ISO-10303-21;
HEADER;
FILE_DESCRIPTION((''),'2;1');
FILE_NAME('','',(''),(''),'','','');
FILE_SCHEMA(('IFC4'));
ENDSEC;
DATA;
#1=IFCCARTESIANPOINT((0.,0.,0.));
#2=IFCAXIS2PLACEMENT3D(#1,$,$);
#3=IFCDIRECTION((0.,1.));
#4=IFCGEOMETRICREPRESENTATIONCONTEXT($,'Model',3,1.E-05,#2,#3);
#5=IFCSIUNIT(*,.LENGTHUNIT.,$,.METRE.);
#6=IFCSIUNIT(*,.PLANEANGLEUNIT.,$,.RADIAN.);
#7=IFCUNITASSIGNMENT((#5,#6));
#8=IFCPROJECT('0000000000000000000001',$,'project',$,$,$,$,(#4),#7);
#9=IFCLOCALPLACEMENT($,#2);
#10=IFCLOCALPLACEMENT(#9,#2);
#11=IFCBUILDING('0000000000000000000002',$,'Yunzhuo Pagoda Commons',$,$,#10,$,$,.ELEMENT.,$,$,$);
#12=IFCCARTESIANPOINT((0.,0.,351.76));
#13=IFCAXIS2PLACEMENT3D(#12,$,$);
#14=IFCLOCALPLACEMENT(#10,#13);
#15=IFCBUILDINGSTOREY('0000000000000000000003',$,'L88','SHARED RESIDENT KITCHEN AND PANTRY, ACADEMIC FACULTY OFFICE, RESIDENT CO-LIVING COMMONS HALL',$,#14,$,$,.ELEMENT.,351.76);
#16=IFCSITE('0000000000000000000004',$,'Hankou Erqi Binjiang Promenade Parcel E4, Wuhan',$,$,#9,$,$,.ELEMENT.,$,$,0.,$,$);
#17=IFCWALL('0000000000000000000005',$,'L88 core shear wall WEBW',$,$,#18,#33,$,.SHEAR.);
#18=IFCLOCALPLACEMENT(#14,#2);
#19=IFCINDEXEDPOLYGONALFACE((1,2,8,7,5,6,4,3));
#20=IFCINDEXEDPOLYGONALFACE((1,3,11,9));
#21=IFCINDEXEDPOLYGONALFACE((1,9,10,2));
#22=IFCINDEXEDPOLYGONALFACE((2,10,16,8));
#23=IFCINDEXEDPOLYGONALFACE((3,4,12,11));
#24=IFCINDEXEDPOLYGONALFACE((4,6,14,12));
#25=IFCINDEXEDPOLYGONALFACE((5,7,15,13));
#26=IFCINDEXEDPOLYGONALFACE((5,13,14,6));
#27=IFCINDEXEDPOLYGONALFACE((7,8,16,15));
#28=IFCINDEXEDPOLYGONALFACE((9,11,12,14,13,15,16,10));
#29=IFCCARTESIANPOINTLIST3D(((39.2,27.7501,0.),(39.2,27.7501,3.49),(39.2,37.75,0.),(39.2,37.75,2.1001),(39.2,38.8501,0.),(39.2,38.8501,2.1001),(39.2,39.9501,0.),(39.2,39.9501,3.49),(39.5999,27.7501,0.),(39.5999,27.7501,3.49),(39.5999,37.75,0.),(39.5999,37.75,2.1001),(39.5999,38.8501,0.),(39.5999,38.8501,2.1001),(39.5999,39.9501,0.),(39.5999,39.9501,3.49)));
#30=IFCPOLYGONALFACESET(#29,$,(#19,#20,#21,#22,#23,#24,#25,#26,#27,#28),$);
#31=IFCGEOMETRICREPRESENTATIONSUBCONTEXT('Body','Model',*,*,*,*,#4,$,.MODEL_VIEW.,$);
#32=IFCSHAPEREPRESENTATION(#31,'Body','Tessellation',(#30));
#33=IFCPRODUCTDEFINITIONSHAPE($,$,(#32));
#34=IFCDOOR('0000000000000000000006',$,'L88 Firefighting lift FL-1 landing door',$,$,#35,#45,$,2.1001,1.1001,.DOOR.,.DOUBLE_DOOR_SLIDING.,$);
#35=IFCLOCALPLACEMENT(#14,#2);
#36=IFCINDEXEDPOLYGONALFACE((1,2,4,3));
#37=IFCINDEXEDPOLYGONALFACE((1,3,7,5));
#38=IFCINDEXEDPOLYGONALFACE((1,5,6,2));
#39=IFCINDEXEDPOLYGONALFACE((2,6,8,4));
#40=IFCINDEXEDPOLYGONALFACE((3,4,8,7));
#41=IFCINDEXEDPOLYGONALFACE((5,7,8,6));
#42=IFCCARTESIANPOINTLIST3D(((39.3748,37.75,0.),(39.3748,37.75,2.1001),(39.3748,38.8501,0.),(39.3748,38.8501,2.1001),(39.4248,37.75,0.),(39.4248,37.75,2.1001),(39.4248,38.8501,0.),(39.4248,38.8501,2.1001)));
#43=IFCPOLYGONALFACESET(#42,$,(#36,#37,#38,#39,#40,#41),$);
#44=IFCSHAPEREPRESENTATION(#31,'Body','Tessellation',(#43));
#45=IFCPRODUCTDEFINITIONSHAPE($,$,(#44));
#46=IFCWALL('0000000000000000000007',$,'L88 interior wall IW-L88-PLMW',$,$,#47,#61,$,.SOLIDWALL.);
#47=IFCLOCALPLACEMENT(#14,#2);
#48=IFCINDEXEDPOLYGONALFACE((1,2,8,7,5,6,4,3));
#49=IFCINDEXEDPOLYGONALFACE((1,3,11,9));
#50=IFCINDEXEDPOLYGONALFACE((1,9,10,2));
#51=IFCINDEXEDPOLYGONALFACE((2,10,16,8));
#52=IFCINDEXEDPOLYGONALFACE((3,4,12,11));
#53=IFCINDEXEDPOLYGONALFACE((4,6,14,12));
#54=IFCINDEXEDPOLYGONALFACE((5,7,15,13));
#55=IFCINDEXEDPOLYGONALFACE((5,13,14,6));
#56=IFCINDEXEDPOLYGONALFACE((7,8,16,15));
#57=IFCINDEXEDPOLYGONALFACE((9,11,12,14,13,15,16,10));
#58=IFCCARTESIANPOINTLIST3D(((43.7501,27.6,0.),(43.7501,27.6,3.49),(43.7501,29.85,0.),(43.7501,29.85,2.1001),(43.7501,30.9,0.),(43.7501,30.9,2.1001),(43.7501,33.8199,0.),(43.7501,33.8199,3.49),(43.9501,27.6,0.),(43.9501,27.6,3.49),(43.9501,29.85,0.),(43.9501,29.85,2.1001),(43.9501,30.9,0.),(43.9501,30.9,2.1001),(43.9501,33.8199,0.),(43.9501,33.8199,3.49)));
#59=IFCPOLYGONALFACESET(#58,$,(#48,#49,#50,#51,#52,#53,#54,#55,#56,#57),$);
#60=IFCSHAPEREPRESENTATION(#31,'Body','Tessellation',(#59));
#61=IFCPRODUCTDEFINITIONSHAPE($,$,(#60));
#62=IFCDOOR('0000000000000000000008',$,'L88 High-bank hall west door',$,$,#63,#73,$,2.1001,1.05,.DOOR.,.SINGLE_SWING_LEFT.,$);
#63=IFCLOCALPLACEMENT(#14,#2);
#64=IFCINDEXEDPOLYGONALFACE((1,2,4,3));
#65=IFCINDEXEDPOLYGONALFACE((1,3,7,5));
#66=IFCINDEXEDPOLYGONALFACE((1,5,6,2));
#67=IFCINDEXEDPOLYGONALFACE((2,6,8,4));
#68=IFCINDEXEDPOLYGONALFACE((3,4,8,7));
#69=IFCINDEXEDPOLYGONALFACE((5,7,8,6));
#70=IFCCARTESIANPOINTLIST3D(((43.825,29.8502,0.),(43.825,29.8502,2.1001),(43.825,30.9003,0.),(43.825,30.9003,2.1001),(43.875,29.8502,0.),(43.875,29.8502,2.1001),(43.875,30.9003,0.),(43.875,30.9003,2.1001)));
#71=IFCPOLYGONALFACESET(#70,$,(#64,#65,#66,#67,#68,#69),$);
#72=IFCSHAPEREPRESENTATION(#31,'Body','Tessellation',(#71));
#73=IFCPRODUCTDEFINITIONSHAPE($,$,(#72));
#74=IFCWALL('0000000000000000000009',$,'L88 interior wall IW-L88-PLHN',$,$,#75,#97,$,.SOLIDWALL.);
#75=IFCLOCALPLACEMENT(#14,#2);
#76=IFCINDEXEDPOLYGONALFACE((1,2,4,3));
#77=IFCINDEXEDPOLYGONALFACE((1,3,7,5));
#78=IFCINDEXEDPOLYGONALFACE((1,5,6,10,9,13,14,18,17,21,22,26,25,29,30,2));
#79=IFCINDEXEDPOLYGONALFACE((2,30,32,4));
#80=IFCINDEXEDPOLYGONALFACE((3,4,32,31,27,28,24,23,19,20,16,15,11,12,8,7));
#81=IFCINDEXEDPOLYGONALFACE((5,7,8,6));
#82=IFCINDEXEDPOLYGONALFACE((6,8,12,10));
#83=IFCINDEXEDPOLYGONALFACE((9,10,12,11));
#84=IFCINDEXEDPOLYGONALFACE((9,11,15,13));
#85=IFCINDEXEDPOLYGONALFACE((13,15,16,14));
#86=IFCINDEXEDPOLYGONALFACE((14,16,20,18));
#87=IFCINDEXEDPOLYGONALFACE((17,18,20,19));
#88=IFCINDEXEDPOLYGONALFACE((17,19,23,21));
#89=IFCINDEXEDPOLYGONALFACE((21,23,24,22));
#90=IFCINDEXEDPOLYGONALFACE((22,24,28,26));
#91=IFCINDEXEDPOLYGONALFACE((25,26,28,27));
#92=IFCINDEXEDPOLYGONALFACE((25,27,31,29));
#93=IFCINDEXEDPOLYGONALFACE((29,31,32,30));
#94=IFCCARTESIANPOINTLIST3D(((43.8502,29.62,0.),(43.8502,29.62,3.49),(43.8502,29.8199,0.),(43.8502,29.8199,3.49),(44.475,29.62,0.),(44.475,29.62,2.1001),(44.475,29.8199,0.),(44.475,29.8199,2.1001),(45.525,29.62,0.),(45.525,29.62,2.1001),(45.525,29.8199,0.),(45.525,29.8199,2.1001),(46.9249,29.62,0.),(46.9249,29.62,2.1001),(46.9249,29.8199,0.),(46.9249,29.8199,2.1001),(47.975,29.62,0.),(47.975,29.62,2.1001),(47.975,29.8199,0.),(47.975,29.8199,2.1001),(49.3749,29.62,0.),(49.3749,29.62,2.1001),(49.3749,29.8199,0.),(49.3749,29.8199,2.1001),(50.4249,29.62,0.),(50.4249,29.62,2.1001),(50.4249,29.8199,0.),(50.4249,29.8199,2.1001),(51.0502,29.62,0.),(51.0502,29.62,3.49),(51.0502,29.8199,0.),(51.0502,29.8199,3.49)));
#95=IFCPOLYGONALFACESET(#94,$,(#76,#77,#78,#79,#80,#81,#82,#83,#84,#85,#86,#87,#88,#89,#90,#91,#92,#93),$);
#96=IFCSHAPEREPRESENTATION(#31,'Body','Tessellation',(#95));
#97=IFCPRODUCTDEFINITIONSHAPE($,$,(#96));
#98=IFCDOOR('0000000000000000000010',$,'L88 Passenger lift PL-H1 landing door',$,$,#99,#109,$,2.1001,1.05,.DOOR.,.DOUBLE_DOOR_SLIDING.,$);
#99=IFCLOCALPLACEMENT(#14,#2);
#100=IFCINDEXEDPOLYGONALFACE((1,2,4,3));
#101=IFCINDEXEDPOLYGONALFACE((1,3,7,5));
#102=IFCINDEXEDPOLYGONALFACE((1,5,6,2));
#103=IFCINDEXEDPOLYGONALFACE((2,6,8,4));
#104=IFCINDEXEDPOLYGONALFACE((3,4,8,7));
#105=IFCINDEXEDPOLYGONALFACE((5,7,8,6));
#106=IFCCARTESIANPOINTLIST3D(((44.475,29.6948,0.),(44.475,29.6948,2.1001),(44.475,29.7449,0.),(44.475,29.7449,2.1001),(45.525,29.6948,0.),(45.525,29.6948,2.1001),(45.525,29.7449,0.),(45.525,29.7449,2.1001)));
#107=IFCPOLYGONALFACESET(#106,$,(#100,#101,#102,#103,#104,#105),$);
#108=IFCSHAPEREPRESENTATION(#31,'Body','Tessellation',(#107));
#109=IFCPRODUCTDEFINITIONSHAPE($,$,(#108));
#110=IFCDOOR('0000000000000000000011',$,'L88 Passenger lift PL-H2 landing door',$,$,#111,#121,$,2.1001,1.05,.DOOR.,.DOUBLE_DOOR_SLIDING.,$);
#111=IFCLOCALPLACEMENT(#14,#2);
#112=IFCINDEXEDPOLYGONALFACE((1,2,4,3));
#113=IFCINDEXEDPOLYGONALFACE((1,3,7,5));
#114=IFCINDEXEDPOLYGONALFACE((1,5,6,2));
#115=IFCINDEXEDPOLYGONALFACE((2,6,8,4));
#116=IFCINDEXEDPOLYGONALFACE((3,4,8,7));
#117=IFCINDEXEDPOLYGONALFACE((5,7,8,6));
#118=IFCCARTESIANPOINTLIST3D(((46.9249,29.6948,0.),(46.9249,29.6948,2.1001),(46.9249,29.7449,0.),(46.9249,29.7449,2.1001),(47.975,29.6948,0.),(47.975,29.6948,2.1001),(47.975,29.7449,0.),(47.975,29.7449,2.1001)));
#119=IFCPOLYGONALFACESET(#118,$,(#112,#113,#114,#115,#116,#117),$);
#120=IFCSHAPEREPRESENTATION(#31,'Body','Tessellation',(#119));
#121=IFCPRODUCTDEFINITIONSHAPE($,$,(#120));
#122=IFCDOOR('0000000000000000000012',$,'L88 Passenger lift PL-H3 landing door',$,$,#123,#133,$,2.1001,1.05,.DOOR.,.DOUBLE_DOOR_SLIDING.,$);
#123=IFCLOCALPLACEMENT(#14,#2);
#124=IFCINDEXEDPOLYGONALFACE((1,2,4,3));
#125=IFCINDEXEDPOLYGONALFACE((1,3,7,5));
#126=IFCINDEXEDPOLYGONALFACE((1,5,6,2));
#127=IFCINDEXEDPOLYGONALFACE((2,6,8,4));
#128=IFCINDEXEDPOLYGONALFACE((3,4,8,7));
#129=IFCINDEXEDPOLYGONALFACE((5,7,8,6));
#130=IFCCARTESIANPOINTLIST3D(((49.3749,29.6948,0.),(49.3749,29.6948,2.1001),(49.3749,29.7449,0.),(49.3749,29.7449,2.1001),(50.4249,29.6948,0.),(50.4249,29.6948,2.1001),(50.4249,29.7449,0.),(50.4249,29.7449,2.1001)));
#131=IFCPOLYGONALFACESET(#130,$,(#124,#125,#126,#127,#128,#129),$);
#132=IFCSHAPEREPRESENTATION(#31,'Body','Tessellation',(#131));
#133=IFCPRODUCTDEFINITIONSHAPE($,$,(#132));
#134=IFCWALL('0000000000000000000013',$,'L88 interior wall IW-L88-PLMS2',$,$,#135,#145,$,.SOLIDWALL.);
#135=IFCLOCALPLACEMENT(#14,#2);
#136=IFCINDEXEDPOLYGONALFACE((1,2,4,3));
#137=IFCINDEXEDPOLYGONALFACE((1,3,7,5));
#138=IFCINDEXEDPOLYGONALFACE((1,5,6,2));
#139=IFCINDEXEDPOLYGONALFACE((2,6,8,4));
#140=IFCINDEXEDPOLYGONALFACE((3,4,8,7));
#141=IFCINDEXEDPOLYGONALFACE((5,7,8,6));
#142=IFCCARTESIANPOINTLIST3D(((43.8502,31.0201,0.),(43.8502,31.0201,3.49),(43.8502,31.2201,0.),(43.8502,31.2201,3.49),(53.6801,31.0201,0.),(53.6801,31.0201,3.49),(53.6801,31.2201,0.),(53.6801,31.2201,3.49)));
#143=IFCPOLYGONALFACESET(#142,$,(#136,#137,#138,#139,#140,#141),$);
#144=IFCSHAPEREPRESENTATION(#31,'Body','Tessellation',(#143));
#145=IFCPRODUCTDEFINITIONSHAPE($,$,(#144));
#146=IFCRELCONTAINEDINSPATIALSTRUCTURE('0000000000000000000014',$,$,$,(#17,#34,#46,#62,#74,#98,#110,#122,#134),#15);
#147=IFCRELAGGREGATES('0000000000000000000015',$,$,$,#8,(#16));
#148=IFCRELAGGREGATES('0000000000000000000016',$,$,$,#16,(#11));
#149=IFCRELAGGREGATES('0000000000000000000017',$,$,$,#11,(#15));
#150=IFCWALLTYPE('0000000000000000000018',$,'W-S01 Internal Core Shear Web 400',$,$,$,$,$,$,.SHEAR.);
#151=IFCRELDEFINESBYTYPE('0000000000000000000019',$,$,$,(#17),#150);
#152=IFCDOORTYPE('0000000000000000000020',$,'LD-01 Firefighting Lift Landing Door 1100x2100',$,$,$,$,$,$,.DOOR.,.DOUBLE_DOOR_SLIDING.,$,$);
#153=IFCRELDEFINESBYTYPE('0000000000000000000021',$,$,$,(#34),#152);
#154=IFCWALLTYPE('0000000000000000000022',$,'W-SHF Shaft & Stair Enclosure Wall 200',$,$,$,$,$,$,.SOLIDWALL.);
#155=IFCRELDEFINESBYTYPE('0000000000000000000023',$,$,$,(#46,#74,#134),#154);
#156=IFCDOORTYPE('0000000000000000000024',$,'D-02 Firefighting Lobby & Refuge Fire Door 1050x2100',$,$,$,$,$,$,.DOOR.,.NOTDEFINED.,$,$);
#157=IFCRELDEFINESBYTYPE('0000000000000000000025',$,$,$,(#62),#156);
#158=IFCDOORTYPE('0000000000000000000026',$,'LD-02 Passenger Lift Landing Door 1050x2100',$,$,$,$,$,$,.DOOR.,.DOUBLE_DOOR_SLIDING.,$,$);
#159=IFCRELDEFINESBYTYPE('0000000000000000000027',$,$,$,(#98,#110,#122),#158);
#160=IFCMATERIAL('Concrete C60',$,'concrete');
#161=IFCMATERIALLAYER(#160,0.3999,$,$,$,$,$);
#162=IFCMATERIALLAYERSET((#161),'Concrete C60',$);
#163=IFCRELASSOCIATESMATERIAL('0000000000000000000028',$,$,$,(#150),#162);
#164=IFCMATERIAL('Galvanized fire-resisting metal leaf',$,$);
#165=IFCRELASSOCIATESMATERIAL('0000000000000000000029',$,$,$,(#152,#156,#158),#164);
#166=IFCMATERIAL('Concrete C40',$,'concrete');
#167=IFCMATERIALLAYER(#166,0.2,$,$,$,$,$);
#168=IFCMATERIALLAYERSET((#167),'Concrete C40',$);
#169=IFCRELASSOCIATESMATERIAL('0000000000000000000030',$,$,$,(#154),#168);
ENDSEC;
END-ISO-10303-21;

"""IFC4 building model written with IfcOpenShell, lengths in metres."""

from ifc_helpers import new_model, si_unit, direction, frame, frame_2d, origin, origin_with_axes, place, context, subcontext, project, spatial, rectangle, extrude, source, transform, mapped, material, layer, layer_set, type_object, element, fill, save


model = new_model("IFC4")

# Units and contexts
model_context = context("Model", 3, precision=1e-05, world=origin(), true_north=direction((0.0, 1.0)))
body_context = subcontext(model_context, "Body", "Model", "MODEL_VIEW")
ifc_project = project(units=[si_unit("LENGTHUNIT", "METRE"), si_unit("PLANEANGLEUNIT", "RADIAN")], contexts=[model_context])

# Site, building, storey
site_placement = place(None, origin())
site = spatial("IfcSite", under=ifc_project, at=site_placement, Name="Hankou Erqi Binjiang Promenade Parcel E4, Wuhan", CompositionType="ELEMENT", RefElevation=0.0)
building_placement = place(site_placement, origin())
building = spatial("IfcBuilding", under=site, at=building_placement, Name="Yunzhuo Pagoda Commons", CompositionType="ELEMENT")
storey_placement = place(building_placement, frame((0.0, 0.0, 351.76)))
storey = spatial("IfcBuildingStorey", under=building, at=storey_placement, Name="L88", Description="SHARED RESIDENT KITCHEN AND PANTRY, ACADEMIC FACULTY OFFICE, RESIDENT CO-LIVING COMMONS HALL", CompositionType="ELEMENT", Elevation=351.76)

# Shared definitions
ifc_material_1 = material(Name="Galvanized fire-resisting metal leaf")

# Walls, openings, doors
ifc_material_2 = material(Name="Concrete C60", Category="concrete")
ifc_layer_1 = layer(ifc_material_2, 0.3999)
ifc_layer_set_1 = layer_set([ifc_layer_1], Name="Concrete C60")
wall_type_1 = type_object("IfcWallType", Name="W-S01 Internal Core Shear Web 400", PredefinedType="SHEAR", material=ifc_layer_set_1)
wall_1_placement = place(storey_placement, frame((39.3999, 27.75, 0.0), z_axis=(0.0, 0.0, 1.0), x_axis=(0.0, 1.0, 0.0)))
wall_1 = element("IfcWall", 1, at=wall_1_placement, inside=storey, type_object=wall_type_1, Name="L88 core shear wall WEBW", PredefinedType="SHEAR", context=body_context, shape_type="SweptSolid", body=[
    extrude(rectangle(XDim=12.2, YDim=0.3999, at=frame_2d((6.1001, 0.0))), origin(), (0.0, 0.0, 1.0), 3.49),
])
opening_1_placement = place(wall_1_placement, frame((10.0, 0.0, 0.0)))
opening_1 = element("IfcOpeningElement", 2, at=opening_1_placement, cuts=wall_1, PredefinedType="OPENING", context=body_context, shape_type="SweptSolid", body=[
    extrude(rectangle(XDim=1.1001, YDim=2.1001, at=frame_2d((0.55, 1.05))), frame((0.0, 0.21, 0.0), z_axis=(0.0, -1.0, 0.0), x_axis=(1.0, 0.0, 0.0)), (0.0, 0.0, 1.0), 0.4199),
])
door_type_1 = type_object("IfcDoorType", Name="LD-01 Firefighting Lift Landing Door 1100x2100", OperationType="DOUBLE_DOOR_SLIDING", PredefinedType="DOOR", material=ifc_material_1)
shared_shape_1 = source(origin(), body_context, "Body", "SweptSolid", [
    extrude(rectangle(XDim=1.1001, YDim=2.1001, at=frame_2d((0.55, 1.05))), frame((0.0, 0.0249, 0.0), z_axis=(0.0, -1.0, 0.0), x_axis=(1.0, 0.0, 0.0)), (0.0, 0.0, 1.0), 0.05),
])
door_1_placement = place(opening_1_placement, frame((1.1001, 0.0, 0.0), z_axis=(0.0, 0.0, 1.0), x_axis=(-1.0, 0.0, 0.0)))
door_1 = element("IfcDoor", 3, at=door_1_placement, inside=storey, type_object=door_type_1, Name="L88 Firefighting lift FL-1 landing door", OperationType="DOUBLE_DOOR_SLIDING", OverallHeight=2.1001, OverallWidth=1.1001, PredefinedType="DOOR", context=body_context, shape_type="MappedRepresentation", body=[
    mapped(shared_shape_1, transform((0.0, 0.0, 0.0), scale=1.0)),
])
fill(opening_1, door_1)
ifc_material_3 = material(Name="Concrete C40", Category="concrete")
ifc_layer_2 = layer(ifc_material_3, 0.2)
ifc_layer_set_2 = layer_set([ifc_layer_2], Name="Concrete C40")
wall_type_2 = type_object("IfcWallType", Name="W-SHF Shaft & Stair Enclosure Wall 200", PredefinedType="SOLIDWALL", material=ifc_layer_set_2)
wall_2_placement = place(storey_placement, frame((43.8501, 27.6001, 0.0), z_axis=(0.0, 0.0, 1.0), x_axis=(0.0, 1.0, 0.0)))
wall_2 = element("IfcWall", 4, at=wall_2_placement, inside=storey, type_object=wall_type_2, Name="L88 interior wall IW-L88-PLMW", PredefinedType="SOLIDWALL", context=body_context, shape_type="SweptSolid", body=[
    extrude(rectangle(XDim=6.22, YDim=0.2, at=frame_2d((3.1099, 0.0))), origin(), (0.0, 0.0, 1.0), 3.49),
])
opening_2_placement = place(wall_2_placement, frame((2.25, 0.0, 0.0)))
opening_2 = element("IfcOpeningElement", 5, at=opening_2_placement, cuts=wall_2, PredefinedType="OPENING", context=body_context, shape_type="SweptSolid", body=[
    extrude(rectangle(XDim=1.05, YDim=2.1001, at=frame_2d((0.5249, 1.05))), frame((0.0, 0.1099, 0.0), z_axis=(0.0, -1.0, 0.0), x_axis=(1.0, 0.0, 0.0)), (0.0, 0.0, 1.0), 0.22),
])
door_type_2 = type_object("IfcDoorType", Name="D-02 Firefighting Lobby & Refuge Fire Door 1050x2100", OperationType="NOTDEFINED", PredefinedType="DOOR", material=ifc_material_1)
shared_shape_2 = source(origin(), body_context, "Body", "SweptSolid", [
    extrude(rectangle(XDim=1.05, YDim=2.1001, at=frame_2d((0.5249, 1.05))), frame((0.0, 0.0249, 0.0), z_axis=(0.0, -1.0, 0.0), x_axis=(1.0, 0.0, 0.0)), (0.0, 0.0, 1.0), 0.05),
])
door_2_placement = place(opening_2_placement, frame((1.05, 0.0, 0.0), z_axis=(0.0, 0.0, 1.0), x_axis=(-1.0, 0.0, 0.0)))
door_2 = element("IfcDoor", 6, at=door_2_placement, inside=storey, type_object=door_type_2, Name="L88 High-bank hall west door", OperationType="SINGLE_SWING_LEFT", OverallHeight=2.1001, OverallWidth=1.05, PredefinedType="DOOR", context=body_context, shape_type="MappedRepresentation", body=[
    mapped(shared_shape_2, transform((0.0, 0.0, 0.0), scale=1.0)),
])
fill(opening_2, door_2)

# Wall, openings, doors
wall_3_placement = place(storey_placement, frame((43.8501, 29.72, 0.0), z_axis=(0.0, 0.0, 1.0), x_axis=(1.0, 0.0, 0.0)))
wall_3 = element("IfcWall", 7, at=wall_3_placement, inside=storey, type_object=wall_type_2, Name="L88 interior wall IW-L88-PLHN", PredefinedType="SOLIDWALL", context=body_context, shape_type="SweptSolid", body=[
    extrude(rectangle(XDim=7.2, YDim=0.2, at=frame_2d((3.6001, 0.0))), origin(), (0.0, 0.0, 1.0), 3.49),
])
opening_3_placement = place(wall_3_placement, frame((0.625, 0.0, 0.0)))
opening_3 = element("IfcOpeningElement", 8, at=opening_3_placement, cuts=wall_3, PredefinedType="OPENING", context=body_context, shape_type="SweptSolid", body=[
    extrude(rectangle(XDim=1.05, YDim=2.1001, at=frame_2d((0.5249, 1.05))), frame((0.0, 0.1099, 0.0), z_axis=(0.0, -1.0, 0.0), x_axis=(1.0, 0.0, 0.0)), (0.0, 0.0, 1.0), 0.22),
])
opening_4_placement = place(wall_3_placement, frame((3.075, 0.0, 0.0)))
opening_4 = element("IfcOpeningElement", 9, at=opening_4_placement, cuts=wall_3, PredefinedType="OPENING", context=body_context, shape_type="SweptSolid", body=[
    extrude(rectangle(XDim=1.05, YDim=2.1001, at=frame_2d((0.5249, 1.05))), frame((0.0, 0.1099, 0.0), z_axis=(0.0, -1.0, 0.0), x_axis=(1.0, 0.0, 0.0)), (0.0, 0.0, 1.0), 0.22),
])
opening_5_placement = place(wall_3_placement, frame((5.5249, 0.0, 0.0)))
opening_5 = element("IfcOpeningElement", 10, at=opening_5_placement, cuts=wall_3, PredefinedType="OPENING", context=body_context, shape_type="SweptSolid", body=[
    extrude(rectangle(XDim=1.05, YDim=2.1001, at=frame_2d((0.5249, 1.05))), frame((0.0, 0.1099, 0.0), z_axis=(0.0, -1.0, 0.0), x_axis=(1.0, 0.0, 0.0)), (0.0, 0.0, 1.0), 0.22),
])
door_type_3 = type_object("IfcDoorType", Name="LD-02 Passenger Lift Landing Door 1050x2100", OperationType="DOUBLE_DOOR_SLIDING", PredefinedType="DOOR", material=ifc_material_1)
door_3_placement = place(opening_3_placement, origin_with_axes())
door_3 = element("IfcDoor", 11, at=door_3_placement, inside=storey, type_object=door_type_3, Name="L88 Passenger lift PL-H1 landing door", OperationType="DOUBLE_DOOR_SLIDING", OverallHeight=2.1001, OverallWidth=1.05, PredefinedType="DOOR", context=body_context, shape_type="MappedRepresentation", body=[
    mapped(shared_shape_2, transform((0.0, 0.0, 0.0), scale=1.0)),
])
fill(opening_3, door_3)
door_4_placement = place(opening_4_placement, origin_with_axes())
door_4 = element("IfcDoor", 12, at=door_4_placement, inside=storey, type_object=door_type_3, Name="L88 Passenger lift PL-H2 landing door", OperationType="DOUBLE_DOOR_SLIDING", OverallHeight=2.1001, OverallWidth=1.05, PredefinedType="DOOR", context=body_context, shape_type="MappedRepresentation", body=[
    mapped(shared_shape_2, transform((0.0, 0.0, 0.0), scale=1.0)),
])
fill(opening_4, door_4)
door_5_placement = place(opening_5_placement, origin_with_axes())
door_5 = element("IfcDoor", 13, at=door_5_placement, inside=storey, type_object=door_type_3, Name="L88 Passenger lift PL-H3 landing door", OperationType="DOUBLE_DOOR_SLIDING", OverallHeight=2.1001, OverallWidth=1.05, PredefinedType="DOOR", context=body_context, shape_type="MappedRepresentation", body=[
    mapped(shared_shape_2, transform((0.0, 0.0, 0.0), scale=1.0)),
])
fill(opening_5, door_5)

# Wall
wall_4_placement = place(storey_placement, frame((43.8501, 31.1201, 0.0), z_axis=(0.0, 0.0, 1.0), x_axis=(1.0, 0.0, 0.0)))
element("IfcWall", 14, at=wall_4_placement, inside=storey, type_object=wall_type_2, Name="L88 interior wall IW-L88-PLMS2", PredefinedType="SOLIDWALL", context=body_context, shape_type="SweptSolid", body=[
    extrude(rectangle(XDim=9.8298, YDim=0.2, at=frame_2d((4.915, 0.0))), origin(), (0.0, 0.0, 1.0), 3.49),
])

save(model, "model.ifc")
